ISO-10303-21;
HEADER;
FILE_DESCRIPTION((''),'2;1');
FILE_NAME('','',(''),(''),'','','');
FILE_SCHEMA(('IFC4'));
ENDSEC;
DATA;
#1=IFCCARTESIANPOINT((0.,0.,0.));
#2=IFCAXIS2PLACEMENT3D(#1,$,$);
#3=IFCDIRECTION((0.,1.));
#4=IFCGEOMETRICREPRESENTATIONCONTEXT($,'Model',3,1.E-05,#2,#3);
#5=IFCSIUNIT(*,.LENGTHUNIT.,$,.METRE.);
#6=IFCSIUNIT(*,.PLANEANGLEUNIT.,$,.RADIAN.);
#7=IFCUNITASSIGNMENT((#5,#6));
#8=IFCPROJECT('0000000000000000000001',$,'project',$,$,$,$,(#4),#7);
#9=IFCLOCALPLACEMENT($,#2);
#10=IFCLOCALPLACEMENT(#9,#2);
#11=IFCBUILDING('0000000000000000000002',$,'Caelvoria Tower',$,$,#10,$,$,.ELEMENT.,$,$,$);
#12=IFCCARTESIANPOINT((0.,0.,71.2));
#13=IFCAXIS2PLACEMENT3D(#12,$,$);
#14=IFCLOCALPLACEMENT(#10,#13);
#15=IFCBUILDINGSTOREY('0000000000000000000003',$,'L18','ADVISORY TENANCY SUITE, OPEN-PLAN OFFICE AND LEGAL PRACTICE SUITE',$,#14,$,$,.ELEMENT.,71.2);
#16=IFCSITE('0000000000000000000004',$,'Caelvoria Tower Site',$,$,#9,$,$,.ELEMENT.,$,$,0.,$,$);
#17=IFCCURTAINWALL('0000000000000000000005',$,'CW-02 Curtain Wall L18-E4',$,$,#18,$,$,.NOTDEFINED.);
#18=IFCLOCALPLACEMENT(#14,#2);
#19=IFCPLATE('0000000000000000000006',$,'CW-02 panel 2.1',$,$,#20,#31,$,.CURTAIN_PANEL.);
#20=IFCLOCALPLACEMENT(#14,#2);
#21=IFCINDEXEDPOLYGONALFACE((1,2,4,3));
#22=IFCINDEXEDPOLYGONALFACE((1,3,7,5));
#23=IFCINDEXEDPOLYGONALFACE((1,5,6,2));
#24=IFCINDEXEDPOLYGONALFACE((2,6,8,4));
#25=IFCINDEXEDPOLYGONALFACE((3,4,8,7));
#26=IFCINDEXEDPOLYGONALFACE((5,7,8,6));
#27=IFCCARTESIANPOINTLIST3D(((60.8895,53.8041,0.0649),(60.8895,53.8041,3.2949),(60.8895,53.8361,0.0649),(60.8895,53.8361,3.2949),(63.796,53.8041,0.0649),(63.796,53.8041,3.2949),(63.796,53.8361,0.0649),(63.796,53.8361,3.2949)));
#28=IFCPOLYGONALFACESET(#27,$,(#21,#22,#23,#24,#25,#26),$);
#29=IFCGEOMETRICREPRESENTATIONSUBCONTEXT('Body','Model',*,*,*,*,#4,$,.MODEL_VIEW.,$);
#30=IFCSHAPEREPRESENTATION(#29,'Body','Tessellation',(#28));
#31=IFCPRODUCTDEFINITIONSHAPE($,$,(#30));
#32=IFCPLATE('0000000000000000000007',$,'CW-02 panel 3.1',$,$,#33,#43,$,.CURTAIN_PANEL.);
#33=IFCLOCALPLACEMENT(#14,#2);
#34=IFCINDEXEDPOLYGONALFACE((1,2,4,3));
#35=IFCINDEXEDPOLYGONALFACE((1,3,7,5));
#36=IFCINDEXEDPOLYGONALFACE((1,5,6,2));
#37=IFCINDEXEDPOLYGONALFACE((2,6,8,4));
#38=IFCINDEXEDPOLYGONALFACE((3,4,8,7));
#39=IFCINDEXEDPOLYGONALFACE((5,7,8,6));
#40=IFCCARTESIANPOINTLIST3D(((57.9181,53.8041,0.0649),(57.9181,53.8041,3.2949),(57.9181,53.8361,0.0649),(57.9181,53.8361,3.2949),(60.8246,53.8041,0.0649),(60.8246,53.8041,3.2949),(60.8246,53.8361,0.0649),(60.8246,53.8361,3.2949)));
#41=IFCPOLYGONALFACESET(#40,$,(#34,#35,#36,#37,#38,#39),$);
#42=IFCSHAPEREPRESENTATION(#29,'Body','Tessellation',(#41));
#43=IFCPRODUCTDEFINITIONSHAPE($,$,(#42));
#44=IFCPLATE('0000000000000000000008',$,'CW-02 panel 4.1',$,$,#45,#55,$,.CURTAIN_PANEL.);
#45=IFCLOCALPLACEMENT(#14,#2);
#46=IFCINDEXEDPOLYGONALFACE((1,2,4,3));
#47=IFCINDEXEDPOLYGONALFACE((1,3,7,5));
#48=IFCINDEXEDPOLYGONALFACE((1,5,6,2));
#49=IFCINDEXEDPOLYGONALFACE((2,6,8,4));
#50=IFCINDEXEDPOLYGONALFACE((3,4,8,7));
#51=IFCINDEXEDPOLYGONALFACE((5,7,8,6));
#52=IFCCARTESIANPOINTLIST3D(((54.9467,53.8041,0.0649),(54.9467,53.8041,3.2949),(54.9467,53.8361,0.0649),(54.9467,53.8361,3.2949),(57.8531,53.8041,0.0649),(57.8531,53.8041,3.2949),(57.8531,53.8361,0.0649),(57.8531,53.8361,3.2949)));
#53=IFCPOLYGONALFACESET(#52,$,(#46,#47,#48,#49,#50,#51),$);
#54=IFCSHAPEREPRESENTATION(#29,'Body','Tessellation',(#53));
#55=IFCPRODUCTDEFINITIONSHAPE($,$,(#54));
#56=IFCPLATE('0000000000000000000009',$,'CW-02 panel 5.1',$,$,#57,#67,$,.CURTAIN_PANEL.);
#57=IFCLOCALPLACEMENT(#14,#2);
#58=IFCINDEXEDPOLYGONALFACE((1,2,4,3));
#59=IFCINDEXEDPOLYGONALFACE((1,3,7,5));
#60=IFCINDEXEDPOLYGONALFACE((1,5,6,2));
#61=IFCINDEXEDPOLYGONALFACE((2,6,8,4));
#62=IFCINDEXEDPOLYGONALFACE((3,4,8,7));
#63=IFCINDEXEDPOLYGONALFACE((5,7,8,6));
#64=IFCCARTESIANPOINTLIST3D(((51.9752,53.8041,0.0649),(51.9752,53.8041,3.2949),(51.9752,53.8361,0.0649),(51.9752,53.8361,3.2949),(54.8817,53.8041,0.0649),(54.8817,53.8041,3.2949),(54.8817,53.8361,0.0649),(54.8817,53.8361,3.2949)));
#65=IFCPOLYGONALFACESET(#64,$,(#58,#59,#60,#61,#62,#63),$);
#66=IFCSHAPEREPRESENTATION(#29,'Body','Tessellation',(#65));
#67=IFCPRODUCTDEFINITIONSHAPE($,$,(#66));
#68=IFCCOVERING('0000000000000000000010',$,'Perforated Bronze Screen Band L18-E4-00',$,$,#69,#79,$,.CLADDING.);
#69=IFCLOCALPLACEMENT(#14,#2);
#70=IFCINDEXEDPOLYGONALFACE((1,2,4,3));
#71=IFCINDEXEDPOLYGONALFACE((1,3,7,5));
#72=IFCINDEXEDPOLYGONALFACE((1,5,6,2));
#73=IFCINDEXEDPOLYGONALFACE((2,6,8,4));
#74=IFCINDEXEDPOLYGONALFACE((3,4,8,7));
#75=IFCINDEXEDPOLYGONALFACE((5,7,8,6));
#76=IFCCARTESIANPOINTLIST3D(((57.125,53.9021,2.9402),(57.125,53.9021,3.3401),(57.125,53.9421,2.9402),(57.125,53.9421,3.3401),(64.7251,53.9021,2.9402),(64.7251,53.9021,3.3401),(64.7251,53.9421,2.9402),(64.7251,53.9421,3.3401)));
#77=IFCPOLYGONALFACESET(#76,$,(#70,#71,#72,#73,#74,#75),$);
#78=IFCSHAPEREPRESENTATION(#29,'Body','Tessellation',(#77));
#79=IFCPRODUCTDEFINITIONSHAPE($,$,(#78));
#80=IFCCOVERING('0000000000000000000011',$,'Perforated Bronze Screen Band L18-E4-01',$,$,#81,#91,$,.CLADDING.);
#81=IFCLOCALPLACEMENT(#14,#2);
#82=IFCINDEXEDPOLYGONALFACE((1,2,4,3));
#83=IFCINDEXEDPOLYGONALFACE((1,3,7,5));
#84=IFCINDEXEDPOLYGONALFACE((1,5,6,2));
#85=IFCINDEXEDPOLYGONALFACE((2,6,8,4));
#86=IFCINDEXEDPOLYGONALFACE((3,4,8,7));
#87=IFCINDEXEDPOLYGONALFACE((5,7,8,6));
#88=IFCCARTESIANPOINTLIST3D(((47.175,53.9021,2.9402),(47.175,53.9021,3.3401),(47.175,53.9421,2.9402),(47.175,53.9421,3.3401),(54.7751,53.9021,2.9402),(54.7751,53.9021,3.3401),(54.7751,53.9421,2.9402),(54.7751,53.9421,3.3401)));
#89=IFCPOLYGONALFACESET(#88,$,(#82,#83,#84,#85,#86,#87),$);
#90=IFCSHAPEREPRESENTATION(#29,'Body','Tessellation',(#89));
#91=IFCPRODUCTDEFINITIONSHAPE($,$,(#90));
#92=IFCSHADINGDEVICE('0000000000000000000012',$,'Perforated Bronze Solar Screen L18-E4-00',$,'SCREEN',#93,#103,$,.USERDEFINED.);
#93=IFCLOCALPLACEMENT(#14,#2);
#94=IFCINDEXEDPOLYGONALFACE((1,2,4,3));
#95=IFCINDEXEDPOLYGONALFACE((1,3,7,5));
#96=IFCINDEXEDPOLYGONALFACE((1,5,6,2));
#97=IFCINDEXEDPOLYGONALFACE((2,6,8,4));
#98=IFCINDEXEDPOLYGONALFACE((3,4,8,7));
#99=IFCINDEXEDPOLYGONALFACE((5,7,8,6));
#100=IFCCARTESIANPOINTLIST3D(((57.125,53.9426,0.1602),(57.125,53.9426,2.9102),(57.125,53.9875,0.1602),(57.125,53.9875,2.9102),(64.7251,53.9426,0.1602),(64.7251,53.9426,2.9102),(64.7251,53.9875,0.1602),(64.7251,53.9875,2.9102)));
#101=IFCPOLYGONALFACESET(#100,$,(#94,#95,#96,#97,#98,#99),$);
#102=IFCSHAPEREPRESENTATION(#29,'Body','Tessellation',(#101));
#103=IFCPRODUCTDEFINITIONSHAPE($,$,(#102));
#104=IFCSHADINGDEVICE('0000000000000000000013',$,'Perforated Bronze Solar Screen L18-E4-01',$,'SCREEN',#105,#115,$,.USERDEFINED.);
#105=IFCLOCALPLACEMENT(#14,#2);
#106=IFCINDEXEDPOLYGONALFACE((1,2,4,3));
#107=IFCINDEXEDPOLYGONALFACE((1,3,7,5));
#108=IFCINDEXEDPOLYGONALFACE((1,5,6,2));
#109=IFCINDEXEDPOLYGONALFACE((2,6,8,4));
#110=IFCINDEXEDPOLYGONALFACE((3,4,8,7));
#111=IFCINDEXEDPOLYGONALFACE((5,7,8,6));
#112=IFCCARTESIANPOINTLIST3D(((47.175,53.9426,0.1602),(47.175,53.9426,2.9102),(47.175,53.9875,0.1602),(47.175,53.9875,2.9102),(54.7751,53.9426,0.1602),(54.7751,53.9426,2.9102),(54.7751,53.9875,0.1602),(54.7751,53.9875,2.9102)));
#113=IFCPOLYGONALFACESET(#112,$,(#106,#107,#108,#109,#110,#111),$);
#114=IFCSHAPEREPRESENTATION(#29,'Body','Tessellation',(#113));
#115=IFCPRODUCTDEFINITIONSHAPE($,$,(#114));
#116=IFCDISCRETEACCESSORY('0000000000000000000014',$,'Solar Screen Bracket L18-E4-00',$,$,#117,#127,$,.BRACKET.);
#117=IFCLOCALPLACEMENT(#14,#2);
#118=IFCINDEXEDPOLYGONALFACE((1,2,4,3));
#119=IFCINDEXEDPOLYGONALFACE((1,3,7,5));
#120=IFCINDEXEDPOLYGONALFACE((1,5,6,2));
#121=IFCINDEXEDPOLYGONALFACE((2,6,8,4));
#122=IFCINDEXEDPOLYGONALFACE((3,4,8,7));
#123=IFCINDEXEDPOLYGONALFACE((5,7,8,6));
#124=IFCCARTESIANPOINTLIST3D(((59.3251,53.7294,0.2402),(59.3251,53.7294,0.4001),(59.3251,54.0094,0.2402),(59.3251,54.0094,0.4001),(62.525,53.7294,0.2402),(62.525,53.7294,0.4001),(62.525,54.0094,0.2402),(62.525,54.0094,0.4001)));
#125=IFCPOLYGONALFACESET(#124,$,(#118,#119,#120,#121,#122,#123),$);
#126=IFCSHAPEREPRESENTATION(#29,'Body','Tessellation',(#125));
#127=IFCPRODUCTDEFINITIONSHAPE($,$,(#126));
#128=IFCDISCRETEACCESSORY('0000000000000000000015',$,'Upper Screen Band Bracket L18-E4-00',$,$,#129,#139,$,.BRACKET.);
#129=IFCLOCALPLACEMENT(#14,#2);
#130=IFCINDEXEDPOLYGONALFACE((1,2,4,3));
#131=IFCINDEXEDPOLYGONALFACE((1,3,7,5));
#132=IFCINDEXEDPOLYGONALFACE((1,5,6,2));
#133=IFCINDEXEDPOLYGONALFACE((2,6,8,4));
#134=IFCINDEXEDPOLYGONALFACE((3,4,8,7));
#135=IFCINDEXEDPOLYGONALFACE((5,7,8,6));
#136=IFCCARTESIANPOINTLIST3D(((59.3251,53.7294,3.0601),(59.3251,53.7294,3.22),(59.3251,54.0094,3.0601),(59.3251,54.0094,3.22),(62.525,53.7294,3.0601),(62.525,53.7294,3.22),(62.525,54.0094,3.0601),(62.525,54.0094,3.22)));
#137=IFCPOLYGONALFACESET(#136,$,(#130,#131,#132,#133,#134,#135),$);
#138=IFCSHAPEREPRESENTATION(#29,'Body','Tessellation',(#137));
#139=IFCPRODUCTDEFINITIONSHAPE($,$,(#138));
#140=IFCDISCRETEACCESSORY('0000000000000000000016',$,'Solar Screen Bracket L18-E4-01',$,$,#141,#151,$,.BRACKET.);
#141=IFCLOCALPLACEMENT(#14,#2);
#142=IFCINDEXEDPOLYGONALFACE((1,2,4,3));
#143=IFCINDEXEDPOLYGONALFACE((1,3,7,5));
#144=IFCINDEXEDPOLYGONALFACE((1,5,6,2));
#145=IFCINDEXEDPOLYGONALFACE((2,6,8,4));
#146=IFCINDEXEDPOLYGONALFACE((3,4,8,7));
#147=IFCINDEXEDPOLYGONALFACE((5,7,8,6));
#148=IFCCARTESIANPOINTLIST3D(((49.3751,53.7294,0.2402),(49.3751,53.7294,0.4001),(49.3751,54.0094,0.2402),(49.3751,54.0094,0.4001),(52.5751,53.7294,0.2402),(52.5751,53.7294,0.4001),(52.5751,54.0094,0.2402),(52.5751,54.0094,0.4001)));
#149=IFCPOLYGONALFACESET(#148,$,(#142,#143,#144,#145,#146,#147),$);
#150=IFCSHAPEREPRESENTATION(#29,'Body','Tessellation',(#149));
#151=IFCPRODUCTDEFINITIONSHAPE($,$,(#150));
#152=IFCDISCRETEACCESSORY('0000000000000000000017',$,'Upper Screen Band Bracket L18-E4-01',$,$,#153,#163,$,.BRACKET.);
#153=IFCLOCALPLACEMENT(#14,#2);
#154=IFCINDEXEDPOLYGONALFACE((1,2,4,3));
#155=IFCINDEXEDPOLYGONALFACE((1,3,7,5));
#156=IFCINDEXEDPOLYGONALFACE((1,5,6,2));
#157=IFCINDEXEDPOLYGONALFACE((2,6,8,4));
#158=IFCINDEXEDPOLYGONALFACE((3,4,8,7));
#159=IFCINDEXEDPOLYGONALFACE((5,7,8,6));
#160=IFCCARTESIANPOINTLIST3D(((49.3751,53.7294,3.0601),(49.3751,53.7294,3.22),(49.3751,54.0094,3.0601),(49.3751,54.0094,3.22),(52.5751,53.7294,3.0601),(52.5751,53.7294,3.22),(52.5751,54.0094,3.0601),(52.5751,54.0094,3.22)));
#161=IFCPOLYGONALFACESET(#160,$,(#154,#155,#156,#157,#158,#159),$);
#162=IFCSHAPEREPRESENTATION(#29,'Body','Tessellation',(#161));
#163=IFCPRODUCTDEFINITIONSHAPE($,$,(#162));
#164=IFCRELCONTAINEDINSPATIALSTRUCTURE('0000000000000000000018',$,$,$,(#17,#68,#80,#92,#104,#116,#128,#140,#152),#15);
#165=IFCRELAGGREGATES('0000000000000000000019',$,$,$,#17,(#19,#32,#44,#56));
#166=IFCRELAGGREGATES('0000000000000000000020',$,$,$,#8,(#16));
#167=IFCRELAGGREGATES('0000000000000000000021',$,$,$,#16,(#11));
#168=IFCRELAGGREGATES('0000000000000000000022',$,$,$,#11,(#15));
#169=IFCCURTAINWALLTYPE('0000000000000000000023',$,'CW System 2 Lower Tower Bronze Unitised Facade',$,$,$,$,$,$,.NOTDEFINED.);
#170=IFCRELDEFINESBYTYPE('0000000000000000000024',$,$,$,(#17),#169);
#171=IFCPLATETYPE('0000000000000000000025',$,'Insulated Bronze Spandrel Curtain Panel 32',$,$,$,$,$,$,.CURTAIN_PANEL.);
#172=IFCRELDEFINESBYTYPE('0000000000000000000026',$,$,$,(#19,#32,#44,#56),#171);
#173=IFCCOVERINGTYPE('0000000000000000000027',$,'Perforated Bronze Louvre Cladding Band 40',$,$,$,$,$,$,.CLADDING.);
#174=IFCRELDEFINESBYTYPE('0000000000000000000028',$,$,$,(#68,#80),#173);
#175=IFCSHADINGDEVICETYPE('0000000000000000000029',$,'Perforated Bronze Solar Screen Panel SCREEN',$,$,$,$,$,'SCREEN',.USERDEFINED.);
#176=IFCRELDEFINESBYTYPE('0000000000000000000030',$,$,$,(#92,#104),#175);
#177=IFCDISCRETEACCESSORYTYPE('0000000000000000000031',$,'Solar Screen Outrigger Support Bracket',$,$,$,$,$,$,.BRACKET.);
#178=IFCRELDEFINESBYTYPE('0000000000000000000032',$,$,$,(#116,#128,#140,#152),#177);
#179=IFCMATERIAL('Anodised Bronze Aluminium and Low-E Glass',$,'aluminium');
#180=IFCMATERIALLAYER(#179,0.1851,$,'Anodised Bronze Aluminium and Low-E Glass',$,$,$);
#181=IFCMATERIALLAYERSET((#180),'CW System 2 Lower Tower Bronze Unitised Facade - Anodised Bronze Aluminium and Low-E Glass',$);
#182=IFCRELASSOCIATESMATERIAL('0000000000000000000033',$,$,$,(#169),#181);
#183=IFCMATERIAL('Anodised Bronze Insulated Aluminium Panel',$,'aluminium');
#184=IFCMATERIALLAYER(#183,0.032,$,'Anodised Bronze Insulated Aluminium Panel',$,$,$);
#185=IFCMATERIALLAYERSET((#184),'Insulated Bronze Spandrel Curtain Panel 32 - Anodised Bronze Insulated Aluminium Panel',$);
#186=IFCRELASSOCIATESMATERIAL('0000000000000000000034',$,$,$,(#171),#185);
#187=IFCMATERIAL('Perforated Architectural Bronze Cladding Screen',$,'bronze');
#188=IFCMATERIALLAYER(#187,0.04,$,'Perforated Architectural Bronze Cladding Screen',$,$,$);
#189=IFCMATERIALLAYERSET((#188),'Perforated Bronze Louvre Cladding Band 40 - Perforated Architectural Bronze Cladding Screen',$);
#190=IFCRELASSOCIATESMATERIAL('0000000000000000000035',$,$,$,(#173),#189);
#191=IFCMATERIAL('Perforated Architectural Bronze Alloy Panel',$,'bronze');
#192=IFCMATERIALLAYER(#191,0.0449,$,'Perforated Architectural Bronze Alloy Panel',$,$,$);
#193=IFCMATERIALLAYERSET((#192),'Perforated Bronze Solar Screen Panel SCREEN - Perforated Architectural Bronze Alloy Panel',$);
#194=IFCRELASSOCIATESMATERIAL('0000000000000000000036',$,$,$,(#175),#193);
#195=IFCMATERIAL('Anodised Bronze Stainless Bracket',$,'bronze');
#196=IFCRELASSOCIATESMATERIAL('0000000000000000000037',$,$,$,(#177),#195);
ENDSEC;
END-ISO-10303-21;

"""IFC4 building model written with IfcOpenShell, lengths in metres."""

from ifc_helpers import new_model, si_unit, direction, frame, origin, origin_2d, place, context, subcontext, project, spatial, rectangle, extrude, material, layer, layer_set, type_object, element, aggregate, save


model = new_model("IFC4")

# Units and contexts
model_context = context("Model", 3, precision=1e-05, world=origin(), true_north=direction((0.0, 1.0)))
body_context = subcontext(model_context, "Body", "Model", "MODEL_VIEW")
ifc_project = project(units=[si_unit("LENGTHUNIT", "METRE"), si_unit("PLANEANGLEUNIT", "RADIAN")], contexts=[model_context])

# Site, building, storey
site_placement = place(None, origin())
site = spatial("IfcSite", under=ifc_project, at=site_placement, Name="Caelvoria Tower Site", CompositionType="ELEMENT", RefElevation=0.0)
building_placement = place(site_placement, origin())
building = spatial("IfcBuilding", under=site, at=building_placement, Name="Caelvoria Tower", CompositionType="ELEMENT")
storey_placement = place(building_placement, frame((0.0, 0.0, 71.2)))
storey = spatial("IfcBuildingStorey", under=building, at=storey_placement, Name="L18", Description="ADVISORY TENANCY SUITE, OPEN-PLAN OFFICE AND LEGAL PRACTICE SUITE", CompositionType="ELEMENT", Elevation=71.2)

# Shared definitions
ifc_material_1 = material(Name="Anodised Bronze Aluminium and Low-E Glass", Category="aluminium")
ifc_layer_1 = layer(ifc_material_1, 0.1851, Name="Anodised Bronze Aluminium and Low-E Glass")
ifc_layer_set_1 = layer_set([ifc_layer_1], Name="CW System 2 Lower Tower Bronze Unitised Facade - Anodised Bronze Aluminium and Low-E Glass")
curtain_wall_type = type_object("IfcCurtainWallType", Name="CW System 2 Lower Tower Bronze Unitised Facade", PredefinedType="NOTDEFINED", material=ifc_layer_set_1)

# Curtain wall
curtain_wall_1_placement = place(storey_placement, origin())
curtain_wall_1 = element("IfcCurtainWall", 1, at=curtain_wall_1_placement, inside=storey, type_object=curtain_wall_type, Name="CW-02 Curtain Wall L18-E4", PredefinedType="NOTDEFINED")

# Plates
ifc_material_2 = material(Name="Anodised Bronze Insulated Aluminium Panel", Category="aluminium")
ifc_layer_2 = layer(ifc_material_2, 0.032, Name="Anodised Bronze Insulated Aluminium Panel")
ifc_layer_set_2 = layer_set([ifc_layer_2], Name="Insulated Bronze Spandrel Curtain Panel 32 - Anodised Bronze Insulated Aluminium Panel")
plate_type = type_object("IfcPlateType", Name="Insulated Bronze Spandrel Curtain Panel 32", PredefinedType="CURTAIN_PANEL", material=ifc_layer_set_2)
plate_1_placement = place(storey_placement, frame((62.3428, 53.8201, 0.0649), z_axis=(0.0, 0.0, 1.0), x_axis=(-1.0, 0.0, 0.0)))
plate_1 = element("IfcPlate", 2, at=plate_1_placement, type_object=plate_type, Name="CW-02 panel 2.1", PredefinedType="CURTAIN_PANEL", context=body_context, shape_type="SweptSolid", body=[
    extrude(rectangle(XDim=2.9065, YDim=0.032, at=origin_2d()), origin(), (0.0, 0.0, 1.0), 3.23),
])
plate_2_placement = place(storey_placement, frame((59.3713, 53.8201, 0.0649), z_axis=(0.0, 0.0, 1.0), x_axis=(-1.0, 0.0, 0.0)))
plate_2 = element("IfcPlate", 3, at=plate_2_placement, type_object=plate_type, Name="CW-02 panel 3.1", PredefinedType="CURTAIN_PANEL", context=body_context, shape_type="SweptSolid", body=[
    extrude(rectangle(XDim=2.9065, YDim=0.032, at=origin_2d()), origin(), (0.0, 0.0, 1.0), 3.23),
])
plate_3_placement = place(storey_placement, frame((56.3999, 53.8201, 0.0649), z_axis=(0.0, 0.0, 1.0), x_axis=(-1.0, 0.0, 0.0)))
plate_3 = element("IfcPlate", 4, at=plate_3_placement, type_object=plate_type, Name="CW-02 panel 4.1", PredefinedType="CURTAIN_PANEL", context=body_context, shape_type="SweptSolid", body=[
    extrude(rectangle(XDim=2.9065, YDim=0.032, at=origin_2d()), origin(), (0.0, 0.0, 1.0), 3.23),
])
plate_4_placement = place(storey_placement, frame((53.4285, 53.8201, 0.0649), z_axis=(0.0, 0.0, 1.0), x_axis=(-1.0, 0.0, 0.0)))
plate_4 = element("IfcPlate", 5, at=plate_4_placement, type_object=plate_type, Name="CW-02 panel 5.1", PredefinedType="CURTAIN_PANEL", context=body_context, shape_type="SweptSolid", body=[
    extrude(rectangle(XDim=2.9065, YDim=0.032, at=origin_2d()), origin(), (0.0, 0.0, 1.0), 3.23),
])
aggregate(curtain_wall_1, [plate_1, plate_2, plate_3, plate_4])

# Coverings
ifc_material_3 = material(Name="Perforated Architectural Bronze Cladding Screen", Category="bronze")
ifc_layer_3 = layer(ifc_material_3, 0.04, Name="Perforated Architectural Bronze Cladding Screen")
ifc_layer_set_3 = layer_set([ifc_layer_3], Name="Perforated Bronze Louvre Cladding Band 40 - Perforated Architectural Bronze Cladding Screen")
covering_type = type_object("IfcCoveringType", Name="Perforated Bronze Louvre Cladding Band 40", PredefinedType="CLADDING", material=ifc_layer_set_3)
for number, where, z_axis, x_axis, name in (
    (6, (60.925, 53.9221, 2.9402), (0.0, 0.0, 1.0), (-1.0, 0.0, 0.0), "Perforated Bronze Screen Band L18-E4-00"),
    (7, (50.9751, 53.9221, 2.9402), (0.0, 0.0, 1.0), (-1.0, 0.0, 0.0), "Perforated Bronze Screen Band L18-E4-01"),
):
    element("IfcCovering", number, at=place(storey_placement, frame(where, z_axis=z_axis, x_axis=x_axis)), inside=storey, type_object=covering_type, Name=name, PredefinedType="CLADDING", context=body_context, shape_type="SweptSolid", body=[
        extrude(rectangle(XDim=7.6001, YDim=0.04, at=origin_2d()), origin(), (0.0, 0.0, 1.0), 0.3999),
    ])

# Shading devices
ifc_material_4 = material(Name="Perforated Architectural Bronze Alloy Panel", Category="bronze")
ifc_layer_4 = layer(ifc_material_4, 0.0449, Name="Perforated Architectural Bronze Alloy Panel")
ifc_layer_set_4 = layer_set([ifc_layer_4], Name="Perforated Bronze Solar Screen Panel SCREEN - Perforated Architectural Bronze Alloy Panel")
shading_device_type = type_object("IfcShadingDeviceType", Name="Perforated Bronze Solar Screen Panel SCREEN", ElementType="SCREEN", PredefinedType="USERDEFINED", material=ifc_layer_set_4)
for number, where, z_axis, x_axis, name in (
    (8, (60.925, 53.9651, 0.1602), (0.0, 0.0, 1.0), (-1.0, 0.0, 0.0), "Perforated Bronze Solar Screen L18-E4-00"),
    (9, (50.9751, 53.9651, 0.1602), (0.0, 0.0, 1.0), (-1.0, 0.0, 0.0), "Perforated Bronze Solar Screen L18-E4-01"),
):
    element("IfcShadingDevice", number, at=place(storey_placement, frame(where, z_axis=z_axis, x_axis=x_axis)), inside=storey, type_object=shading_device_type, Name=name, ObjectType="SCREEN", PredefinedType="USERDEFINED", context=body_context, shape_type="SweptSolid", body=[
        extrude(rectangle(XDim=7.6001, YDim=0.0449, at=origin_2d()), origin(), (0.0, 0.0, 1.0), 2.75),
    ])

# Discrete accessories
ifc_material_5 = material(Name="Anodised Bronze Stainless Bracket", Category="bronze")
discrete_accessory_type = type_object("IfcDiscreteAccessoryType", Name="Solar Screen Outrigger Support Bracket", PredefinedType="BRACKET", material=ifc_material_5)
for number, where, z_axis, x_axis, name in (
    (10, (60.925, 53.8694, 0.2402), (0.0, 0.0, 1.0), (-1.0, 0.0, 0.0), "Solar Screen Bracket L18-E4-00"),
    (11, (60.925, 53.8694, 3.0601), (0.0, 0.0, 1.0), (-1.0, 0.0, 0.0), "Upper Screen Band Bracket L18-E4-00"),
    (12, (50.9751, 53.8694, 0.2402), (0.0, 0.0, 1.0), (-1.0, 0.0, 0.0), "Solar Screen Bracket L18-E4-01"),
    (13, (50.9751, 53.8694, 3.0601), (0.0, 0.0, 1.0), (-1.0, 0.0, 0.0), "Upper Screen Band Bracket L18-E4-01"),
):
    element("IfcDiscreteAccessory", number, at=place(storey_placement, frame(where, z_axis=z_axis, x_axis=x_axis)), inside=storey, type_object=discrete_accessory_type, Name=name, PredefinedType="BRACKET", context=body_context, shape_type="SweptSolid", body=[
        extrude(rectangle(XDim=3.2, YDim=0.28, at=origin_2d()), origin(), (0.0, 0.0, 1.0), 0.1599),
    ])

save(model, "model.ifc")
